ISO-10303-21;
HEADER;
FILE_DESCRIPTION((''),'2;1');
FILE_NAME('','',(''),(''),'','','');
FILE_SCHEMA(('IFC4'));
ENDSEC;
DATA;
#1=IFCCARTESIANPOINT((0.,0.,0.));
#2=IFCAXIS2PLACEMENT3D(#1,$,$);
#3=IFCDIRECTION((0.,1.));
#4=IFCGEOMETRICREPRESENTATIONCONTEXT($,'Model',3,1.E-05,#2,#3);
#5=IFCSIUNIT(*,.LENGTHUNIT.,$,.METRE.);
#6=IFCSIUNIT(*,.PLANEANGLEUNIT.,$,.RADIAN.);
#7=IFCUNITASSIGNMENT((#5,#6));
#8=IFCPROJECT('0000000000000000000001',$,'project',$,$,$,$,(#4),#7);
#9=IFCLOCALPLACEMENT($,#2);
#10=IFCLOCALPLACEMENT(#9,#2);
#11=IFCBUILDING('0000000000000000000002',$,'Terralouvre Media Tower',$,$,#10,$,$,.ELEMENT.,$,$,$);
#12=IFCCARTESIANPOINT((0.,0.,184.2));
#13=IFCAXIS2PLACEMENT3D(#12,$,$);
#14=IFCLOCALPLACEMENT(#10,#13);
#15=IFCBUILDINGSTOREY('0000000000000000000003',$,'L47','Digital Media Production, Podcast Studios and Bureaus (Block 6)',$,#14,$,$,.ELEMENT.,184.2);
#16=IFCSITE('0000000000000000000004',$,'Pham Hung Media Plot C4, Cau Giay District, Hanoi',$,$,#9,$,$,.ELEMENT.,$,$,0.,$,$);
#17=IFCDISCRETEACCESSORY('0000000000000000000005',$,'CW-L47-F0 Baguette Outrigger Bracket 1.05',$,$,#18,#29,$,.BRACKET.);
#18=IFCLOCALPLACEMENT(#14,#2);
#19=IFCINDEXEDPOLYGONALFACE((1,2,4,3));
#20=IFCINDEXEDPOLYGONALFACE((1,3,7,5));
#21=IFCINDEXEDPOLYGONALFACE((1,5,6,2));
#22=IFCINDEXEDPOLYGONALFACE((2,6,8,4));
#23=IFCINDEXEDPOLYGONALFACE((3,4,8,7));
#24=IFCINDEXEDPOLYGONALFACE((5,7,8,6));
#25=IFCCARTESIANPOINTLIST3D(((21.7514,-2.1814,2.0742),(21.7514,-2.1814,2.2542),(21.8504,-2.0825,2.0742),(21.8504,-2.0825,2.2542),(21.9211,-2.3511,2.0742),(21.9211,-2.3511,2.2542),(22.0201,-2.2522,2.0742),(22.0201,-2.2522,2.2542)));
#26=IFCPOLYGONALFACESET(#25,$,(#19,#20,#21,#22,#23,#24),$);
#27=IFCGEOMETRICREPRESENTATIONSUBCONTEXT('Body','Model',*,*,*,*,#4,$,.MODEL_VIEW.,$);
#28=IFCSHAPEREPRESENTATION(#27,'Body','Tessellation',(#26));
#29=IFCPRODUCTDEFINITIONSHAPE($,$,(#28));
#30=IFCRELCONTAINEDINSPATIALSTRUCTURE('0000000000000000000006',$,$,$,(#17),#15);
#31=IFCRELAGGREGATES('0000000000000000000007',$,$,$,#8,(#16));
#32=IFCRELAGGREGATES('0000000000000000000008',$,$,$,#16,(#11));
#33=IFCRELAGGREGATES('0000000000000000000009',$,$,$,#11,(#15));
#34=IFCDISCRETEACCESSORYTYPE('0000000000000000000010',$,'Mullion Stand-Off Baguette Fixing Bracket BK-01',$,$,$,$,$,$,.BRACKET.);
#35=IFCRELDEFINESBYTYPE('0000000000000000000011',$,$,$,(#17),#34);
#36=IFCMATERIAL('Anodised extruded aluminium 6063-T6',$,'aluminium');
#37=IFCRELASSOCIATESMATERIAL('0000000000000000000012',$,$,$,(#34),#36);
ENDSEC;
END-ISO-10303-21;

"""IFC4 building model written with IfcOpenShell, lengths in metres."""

from ifc_helpers import new_model, si_unit, direction, frame, origin, origin_2d, place, context, subcontext, project, spatial, rectangle, extrude, material, type_object, element, save


model = new_model("IFC4")

# Units and contexts
model_context = context("Model", 3, precision=1e-05, world=origin(), true_north=direction((0.0, 1.0)))
body_context = subcontext(model_context, "Body", "Model", "MODEL_VIEW")
ifc_project = project(units=[si_unit("LENGTHUNIT", "METRE"), si_unit("PLANEANGLEUNIT", "RADIAN")], contexts=[model_context])

# Site, building, storey
site_placement = place(None, origin())
site = spatial("IfcSite", under=ifc_project, at=site_placement, Name="Pham Hung Media Plot C4, Cau Giay District, Hanoi", CompositionType="ELEMENT", RefElevation=0.0)
building_placement = place(site_placement, origin())
building = spatial("IfcBuilding", under=site, at=building_placement, Name="Terralouvre Media Tower", CompositionType="ELEMENT")
storey_placement = place(building_placement, frame((0.0, 0.0, 184.2)))
storey = spatial("IfcBuildingStorey", under=building, at=storey_placement, Name="L47", Description="Digital Media Production, Podcast Studios and Bureaus (Block 6)", CompositionType="ELEMENT", Elevation=184.2)

# Discrete accessory
ifc_material_1 = material(Name="Anodised extruded aluminium 6063-T6", Category="aluminium")
discrete_accessory_type = type_object("IfcDiscreteAccessoryType", Name="Mullion Stand-Off Baguette Fixing Bracket BK-01", PredefinedType="BRACKET", material=ifc_material_1)
discrete_accessory_placement = place(storey_placement, frame((21.8857, -2.2168, 2.0742), z_axis=(0.0, 0.0, 1.0), x_axis=(0.707107, 0.707107, 0.0)))
element("IfcDiscreteAccessory", 1, at=discrete_accessory_placement, inside=storey, type_object=discrete_accessory_type, Name="CW-L47-F0 Baguette Outrigger Bracket 1.05", PredefinedType="BRACKET", context=body_context, shape_type="SweptSolid", body=[
    extrude(rectangle(XDim=0.1399, YDim=0.24, at=origin_2d()), origin(), (0.0, 0.0, 1.0), 0.1799),
])

save(model, "model.ifc")
